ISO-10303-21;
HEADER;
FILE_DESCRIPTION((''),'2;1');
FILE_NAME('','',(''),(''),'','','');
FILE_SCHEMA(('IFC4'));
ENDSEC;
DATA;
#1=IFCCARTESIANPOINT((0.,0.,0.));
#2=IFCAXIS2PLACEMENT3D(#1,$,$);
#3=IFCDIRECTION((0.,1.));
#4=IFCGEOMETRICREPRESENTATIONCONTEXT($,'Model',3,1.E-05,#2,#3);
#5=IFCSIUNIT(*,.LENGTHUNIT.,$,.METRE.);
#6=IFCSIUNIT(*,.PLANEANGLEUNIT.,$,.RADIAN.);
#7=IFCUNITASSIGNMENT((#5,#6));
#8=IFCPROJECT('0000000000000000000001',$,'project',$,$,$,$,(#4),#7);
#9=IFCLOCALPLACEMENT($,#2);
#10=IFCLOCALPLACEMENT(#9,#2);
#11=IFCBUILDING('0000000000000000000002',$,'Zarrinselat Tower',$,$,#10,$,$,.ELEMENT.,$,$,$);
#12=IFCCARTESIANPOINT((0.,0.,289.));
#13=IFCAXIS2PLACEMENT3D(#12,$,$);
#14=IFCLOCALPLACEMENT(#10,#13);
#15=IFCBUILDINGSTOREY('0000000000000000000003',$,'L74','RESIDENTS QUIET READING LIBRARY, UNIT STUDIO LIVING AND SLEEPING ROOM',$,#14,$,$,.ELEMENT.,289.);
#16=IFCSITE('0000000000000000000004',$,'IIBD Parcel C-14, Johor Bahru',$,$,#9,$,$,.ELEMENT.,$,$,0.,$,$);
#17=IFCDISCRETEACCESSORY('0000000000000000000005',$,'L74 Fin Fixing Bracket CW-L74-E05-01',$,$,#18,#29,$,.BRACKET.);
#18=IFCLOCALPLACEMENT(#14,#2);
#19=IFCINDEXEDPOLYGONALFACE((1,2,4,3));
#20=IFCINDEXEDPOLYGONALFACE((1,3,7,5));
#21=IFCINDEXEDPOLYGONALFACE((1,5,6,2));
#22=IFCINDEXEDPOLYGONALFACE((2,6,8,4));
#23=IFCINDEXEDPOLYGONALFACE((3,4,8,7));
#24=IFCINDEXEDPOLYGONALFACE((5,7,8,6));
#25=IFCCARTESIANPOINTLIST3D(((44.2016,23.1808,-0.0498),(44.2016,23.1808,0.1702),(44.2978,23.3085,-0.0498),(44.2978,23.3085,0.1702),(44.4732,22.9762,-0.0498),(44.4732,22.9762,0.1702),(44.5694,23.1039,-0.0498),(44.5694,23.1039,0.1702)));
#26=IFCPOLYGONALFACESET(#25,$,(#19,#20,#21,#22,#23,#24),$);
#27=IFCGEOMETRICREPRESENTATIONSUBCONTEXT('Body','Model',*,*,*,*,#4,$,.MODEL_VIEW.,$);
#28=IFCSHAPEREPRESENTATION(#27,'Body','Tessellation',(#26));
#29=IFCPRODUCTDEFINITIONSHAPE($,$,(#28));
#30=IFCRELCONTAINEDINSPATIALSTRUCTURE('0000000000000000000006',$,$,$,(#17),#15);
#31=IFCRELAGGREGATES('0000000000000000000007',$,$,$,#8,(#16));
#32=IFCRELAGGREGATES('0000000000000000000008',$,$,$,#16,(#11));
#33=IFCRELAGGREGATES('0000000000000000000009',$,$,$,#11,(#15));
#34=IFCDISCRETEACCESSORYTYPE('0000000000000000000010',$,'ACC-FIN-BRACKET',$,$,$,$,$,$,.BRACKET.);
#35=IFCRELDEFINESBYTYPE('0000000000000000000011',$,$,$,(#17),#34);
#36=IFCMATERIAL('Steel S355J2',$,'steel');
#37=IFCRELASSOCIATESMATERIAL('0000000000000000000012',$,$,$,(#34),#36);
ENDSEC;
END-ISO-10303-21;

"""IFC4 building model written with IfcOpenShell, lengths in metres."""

from ifc_helpers import new_model, si_unit, direction, frame, origin, origin_2d, place, context, subcontext, project, spatial, rectangle, extrude, material, type_object, element, save


model = new_model("IFC4")

# Units and contexts
model_context = context("Model", 3, precision=1e-05, world=origin(), true_north=direction((0.0, 1.0)))
body_context = subcontext(model_context, "Body", "Model", "MODEL_VIEW")
ifc_project = project(units=[si_unit("LENGTHUNIT", "METRE"), si_unit("PLANEANGLEUNIT", "RADIAN")], contexts=[model_context])

# Site, building, storey
site_placement = place(None, origin())
site = spatial("IfcSite", under=ifc_project, at=site_placement, Name="IIBD Parcel C-14, Johor Bahru", CompositionType="ELEMENT", RefElevation=0.0)
building_placement = place(site_placement, origin())
building = spatial("IfcBuilding", under=site, at=building_placement, Name="Zarrinselat Tower", CompositionType="ELEMENT")
storey_placement = place(building_placement, frame((0.0, 0.0, 289.0)))
storey = spatial("IfcBuildingStorey", under=building, at=storey_placement, Name="L74", Description="RESIDENTS QUIET READING LIBRARY, UNIT STUDIO LIVING AND SLEEPING ROOM", CompositionType="ELEMENT", Elevation=289.0)

# Discrete accessory
ifc_material_1 = material(Name="Steel S355J2", Category="steel")
discrete_accessory_type = type_object("IfcDiscreteAccessoryType", Name="ACC-FIN-BRACKET", PredefinedType="BRACKET", material=ifc_material_1)
discrete_accessory_placement = place(storey_placement, frame((44.3855, 23.1423, -0.0498), z_axis=(0.0, 0.0, 1.0), x_axis=(0.798743, -0.601673, 0.0)))
element("IfcDiscreteAccessory", 1, at=discrete_accessory_placement, inside=storey, type_object=discrete_accessory_type, Name="L74 Fin Fixing Bracket CW-L74-E05-01", PredefinedType="BRACKET", context=body_context, shape_type="SweptSolid", body=[
    extrude(rectangle(XDim=0.3401, YDim=0.1599, at=origin_2d()), origin(), (0.0, 0.0, 1.0), 0.22),
])

save(model, "model.ifc")
